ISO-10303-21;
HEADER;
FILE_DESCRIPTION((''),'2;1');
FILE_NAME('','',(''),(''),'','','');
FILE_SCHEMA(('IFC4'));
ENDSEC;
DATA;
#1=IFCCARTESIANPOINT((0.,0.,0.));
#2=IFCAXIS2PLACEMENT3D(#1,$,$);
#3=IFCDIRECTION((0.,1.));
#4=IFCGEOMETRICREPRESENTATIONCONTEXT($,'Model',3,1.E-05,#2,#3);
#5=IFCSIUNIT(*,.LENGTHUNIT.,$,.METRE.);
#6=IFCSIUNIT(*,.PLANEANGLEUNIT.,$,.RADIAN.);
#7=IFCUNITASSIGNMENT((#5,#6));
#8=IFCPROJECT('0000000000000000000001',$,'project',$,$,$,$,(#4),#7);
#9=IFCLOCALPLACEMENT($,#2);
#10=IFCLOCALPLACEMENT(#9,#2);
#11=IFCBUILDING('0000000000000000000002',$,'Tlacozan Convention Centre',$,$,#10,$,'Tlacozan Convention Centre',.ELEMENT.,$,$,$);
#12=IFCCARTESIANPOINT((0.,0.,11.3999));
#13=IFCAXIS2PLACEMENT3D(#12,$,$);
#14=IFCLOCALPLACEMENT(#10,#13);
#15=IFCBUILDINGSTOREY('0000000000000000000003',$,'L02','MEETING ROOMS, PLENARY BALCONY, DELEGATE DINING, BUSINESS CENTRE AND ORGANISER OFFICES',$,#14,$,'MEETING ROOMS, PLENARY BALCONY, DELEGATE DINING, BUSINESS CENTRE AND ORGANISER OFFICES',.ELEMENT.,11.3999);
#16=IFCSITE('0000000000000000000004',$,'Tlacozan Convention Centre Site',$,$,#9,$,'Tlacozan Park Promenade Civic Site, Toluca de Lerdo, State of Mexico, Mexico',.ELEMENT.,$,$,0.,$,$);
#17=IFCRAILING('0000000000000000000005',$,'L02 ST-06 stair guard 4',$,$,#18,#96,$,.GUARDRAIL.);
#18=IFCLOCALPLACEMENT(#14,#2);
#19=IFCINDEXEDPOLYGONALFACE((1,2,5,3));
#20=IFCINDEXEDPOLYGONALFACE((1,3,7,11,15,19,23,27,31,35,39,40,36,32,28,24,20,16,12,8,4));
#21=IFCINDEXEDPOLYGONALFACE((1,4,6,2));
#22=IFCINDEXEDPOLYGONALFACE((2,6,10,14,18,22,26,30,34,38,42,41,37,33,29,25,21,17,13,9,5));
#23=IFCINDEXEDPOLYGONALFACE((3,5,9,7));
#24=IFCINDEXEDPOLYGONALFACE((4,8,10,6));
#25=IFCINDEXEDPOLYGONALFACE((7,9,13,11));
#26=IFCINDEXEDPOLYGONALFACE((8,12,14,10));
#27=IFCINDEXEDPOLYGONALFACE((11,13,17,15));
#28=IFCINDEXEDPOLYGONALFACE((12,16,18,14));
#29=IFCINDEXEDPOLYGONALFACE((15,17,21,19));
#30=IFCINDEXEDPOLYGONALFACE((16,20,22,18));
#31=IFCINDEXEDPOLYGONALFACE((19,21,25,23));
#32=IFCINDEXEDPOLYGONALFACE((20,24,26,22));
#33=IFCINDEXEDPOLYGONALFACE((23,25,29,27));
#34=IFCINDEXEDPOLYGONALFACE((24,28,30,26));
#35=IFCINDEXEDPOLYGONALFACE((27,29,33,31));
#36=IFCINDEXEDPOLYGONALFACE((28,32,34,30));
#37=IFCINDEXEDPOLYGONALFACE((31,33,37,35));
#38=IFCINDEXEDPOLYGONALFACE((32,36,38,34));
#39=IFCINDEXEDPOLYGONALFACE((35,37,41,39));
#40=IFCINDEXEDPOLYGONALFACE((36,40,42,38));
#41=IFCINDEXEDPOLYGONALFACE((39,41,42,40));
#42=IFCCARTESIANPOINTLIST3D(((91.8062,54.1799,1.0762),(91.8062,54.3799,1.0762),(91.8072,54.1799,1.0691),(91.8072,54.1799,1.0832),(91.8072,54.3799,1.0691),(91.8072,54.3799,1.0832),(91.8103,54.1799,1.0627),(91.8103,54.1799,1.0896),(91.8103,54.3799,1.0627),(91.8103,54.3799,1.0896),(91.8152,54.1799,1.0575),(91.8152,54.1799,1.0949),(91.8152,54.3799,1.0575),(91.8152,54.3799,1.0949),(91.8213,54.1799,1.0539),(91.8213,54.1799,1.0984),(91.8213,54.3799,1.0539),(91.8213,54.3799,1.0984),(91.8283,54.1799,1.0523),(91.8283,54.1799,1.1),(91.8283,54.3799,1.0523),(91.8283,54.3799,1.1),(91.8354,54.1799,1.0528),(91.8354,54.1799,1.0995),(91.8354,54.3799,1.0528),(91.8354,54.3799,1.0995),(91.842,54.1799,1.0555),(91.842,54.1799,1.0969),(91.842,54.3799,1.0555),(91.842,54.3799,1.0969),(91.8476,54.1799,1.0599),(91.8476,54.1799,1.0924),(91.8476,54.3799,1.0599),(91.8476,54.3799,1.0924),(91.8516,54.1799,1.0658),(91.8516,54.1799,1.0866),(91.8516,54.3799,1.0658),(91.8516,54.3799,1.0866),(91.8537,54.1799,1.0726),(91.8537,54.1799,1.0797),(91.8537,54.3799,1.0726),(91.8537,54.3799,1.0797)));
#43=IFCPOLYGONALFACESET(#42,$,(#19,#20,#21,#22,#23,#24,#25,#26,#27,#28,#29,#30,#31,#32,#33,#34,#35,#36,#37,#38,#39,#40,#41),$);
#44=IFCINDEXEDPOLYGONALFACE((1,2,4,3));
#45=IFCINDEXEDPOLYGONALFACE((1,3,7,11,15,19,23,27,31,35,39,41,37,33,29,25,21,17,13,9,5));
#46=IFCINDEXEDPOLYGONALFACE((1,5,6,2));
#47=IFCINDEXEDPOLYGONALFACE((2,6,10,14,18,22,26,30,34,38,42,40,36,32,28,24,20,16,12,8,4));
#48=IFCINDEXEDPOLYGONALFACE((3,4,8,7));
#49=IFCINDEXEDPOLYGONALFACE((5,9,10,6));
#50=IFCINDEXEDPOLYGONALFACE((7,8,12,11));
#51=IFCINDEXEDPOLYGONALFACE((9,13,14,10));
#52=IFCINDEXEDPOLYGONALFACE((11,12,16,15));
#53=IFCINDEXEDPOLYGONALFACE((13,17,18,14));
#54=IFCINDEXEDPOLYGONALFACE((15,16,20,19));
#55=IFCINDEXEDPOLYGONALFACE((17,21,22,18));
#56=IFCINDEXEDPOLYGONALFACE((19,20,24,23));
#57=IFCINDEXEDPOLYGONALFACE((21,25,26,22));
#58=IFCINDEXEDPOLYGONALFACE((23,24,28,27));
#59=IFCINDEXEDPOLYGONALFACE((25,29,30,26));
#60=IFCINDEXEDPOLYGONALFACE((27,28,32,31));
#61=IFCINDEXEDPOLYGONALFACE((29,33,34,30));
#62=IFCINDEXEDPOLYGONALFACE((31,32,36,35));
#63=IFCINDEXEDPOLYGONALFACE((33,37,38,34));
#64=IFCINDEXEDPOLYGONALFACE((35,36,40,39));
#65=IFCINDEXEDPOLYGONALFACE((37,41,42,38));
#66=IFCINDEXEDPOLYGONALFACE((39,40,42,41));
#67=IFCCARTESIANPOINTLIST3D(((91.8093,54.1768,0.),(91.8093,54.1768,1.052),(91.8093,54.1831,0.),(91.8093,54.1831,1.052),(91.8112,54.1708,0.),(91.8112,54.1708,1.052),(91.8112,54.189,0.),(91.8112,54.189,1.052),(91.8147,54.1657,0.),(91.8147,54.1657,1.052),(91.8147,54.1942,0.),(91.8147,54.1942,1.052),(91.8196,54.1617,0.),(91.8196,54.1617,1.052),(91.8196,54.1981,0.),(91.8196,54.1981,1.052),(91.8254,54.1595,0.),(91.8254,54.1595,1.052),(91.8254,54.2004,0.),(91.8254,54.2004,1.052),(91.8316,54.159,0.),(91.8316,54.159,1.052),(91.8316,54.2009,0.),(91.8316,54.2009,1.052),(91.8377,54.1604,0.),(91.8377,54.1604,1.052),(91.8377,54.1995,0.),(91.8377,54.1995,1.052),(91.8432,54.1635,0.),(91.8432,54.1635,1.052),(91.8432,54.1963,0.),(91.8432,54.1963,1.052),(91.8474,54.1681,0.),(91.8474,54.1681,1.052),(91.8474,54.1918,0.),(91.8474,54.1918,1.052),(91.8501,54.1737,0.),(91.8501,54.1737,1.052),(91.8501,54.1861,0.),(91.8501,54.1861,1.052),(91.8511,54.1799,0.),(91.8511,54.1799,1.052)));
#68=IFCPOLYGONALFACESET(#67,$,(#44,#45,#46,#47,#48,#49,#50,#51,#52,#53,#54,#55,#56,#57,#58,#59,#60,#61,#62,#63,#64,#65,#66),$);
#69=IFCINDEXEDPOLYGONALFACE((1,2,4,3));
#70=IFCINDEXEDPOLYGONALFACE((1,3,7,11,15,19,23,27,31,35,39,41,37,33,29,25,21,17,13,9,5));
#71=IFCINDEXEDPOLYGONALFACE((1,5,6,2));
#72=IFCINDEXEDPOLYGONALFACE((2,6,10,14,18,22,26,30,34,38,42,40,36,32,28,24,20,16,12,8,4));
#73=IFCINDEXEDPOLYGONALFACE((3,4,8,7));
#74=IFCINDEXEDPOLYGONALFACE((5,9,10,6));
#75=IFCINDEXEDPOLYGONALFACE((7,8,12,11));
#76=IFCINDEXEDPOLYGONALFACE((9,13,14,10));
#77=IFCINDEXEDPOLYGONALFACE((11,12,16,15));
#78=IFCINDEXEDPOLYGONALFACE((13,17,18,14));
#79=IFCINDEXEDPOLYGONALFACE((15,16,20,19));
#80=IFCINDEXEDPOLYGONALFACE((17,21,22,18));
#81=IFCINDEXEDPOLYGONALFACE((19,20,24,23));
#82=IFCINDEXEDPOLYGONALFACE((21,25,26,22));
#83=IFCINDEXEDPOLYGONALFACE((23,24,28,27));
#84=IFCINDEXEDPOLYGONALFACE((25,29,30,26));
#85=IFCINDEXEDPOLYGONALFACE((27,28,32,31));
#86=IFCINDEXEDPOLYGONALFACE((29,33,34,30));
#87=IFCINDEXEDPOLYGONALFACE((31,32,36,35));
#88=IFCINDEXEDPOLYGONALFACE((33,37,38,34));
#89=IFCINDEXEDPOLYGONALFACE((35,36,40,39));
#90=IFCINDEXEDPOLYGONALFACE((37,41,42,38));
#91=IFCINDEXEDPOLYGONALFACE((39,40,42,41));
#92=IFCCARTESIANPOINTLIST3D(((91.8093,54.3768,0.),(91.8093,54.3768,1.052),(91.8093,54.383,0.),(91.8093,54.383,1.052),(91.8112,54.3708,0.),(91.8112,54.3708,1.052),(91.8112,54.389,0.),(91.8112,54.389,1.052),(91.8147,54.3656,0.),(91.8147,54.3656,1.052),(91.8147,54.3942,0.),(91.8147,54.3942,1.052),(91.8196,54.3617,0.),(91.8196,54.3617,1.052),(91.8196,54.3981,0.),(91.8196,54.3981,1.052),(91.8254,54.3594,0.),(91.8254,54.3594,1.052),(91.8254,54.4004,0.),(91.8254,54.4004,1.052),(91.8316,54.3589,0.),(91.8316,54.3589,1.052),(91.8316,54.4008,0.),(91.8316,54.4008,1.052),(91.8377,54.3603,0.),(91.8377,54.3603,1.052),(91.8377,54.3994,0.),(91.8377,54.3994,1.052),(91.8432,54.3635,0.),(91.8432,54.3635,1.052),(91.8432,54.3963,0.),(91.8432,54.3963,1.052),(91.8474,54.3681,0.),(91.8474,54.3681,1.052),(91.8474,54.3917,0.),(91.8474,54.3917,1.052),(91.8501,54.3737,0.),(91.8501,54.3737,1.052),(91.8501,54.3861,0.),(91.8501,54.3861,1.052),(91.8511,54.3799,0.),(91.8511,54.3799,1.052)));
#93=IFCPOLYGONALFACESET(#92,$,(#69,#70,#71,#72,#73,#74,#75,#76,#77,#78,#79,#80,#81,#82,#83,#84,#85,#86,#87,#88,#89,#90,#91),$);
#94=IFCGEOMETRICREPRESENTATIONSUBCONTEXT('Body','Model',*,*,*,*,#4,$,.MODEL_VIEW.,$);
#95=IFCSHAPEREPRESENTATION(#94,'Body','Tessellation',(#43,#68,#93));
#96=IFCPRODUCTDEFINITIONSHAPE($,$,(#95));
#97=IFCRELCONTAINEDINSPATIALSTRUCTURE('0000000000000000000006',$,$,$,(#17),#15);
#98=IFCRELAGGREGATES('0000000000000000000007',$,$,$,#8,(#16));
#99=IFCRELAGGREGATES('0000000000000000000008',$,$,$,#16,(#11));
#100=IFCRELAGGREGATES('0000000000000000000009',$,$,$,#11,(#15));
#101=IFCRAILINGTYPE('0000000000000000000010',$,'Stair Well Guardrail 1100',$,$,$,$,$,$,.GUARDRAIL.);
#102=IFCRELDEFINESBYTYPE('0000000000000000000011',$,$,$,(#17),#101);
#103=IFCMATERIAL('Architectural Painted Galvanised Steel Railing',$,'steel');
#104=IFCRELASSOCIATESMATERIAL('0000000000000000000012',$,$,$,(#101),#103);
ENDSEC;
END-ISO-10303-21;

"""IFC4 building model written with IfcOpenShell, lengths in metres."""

from ifc_helpers import new_model, si_unit, direction, frame, origin, origin_2d, place, context, subcontext, project, spatial, circle, extrude, material, type_object, element, save


model = new_model("IFC4")

# Units and contexts
model_context = context("Model", 3, precision=1e-05, world=origin(), true_north=direction((0.0, 1.0)))
body_context = subcontext(model_context, "Body", "Model", "MODEL_VIEW")
ifc_project = project(units=[si_unit("LENGTHUNIT", "METRE"), si_unit("PLANEANGLEUNIT", "RADIAN")], contexts=[model_context])

# Site, building, storey
site_placement = place(None, origin())
site = spatial("IfcSite", under=ifc_project, at=site_placement, Name="Tlacozan Convention Centre Site", LongName="Tlacozan Park Promenade Civic Site, Toluca de Lerdo, State of Mexico, Mexico", CompositionType="ELEMENT", RefElevation=0.0)
building_placement = place(site_placement, origin())
building = spatial("IfcBuilding", under=site, at=building_placement, Name="Tlacozan Convention Centre", LongName="Tlacozan Convention Centre", CompositionType="ELEMENT")
storey_placement = place(building_placement, frame((0.0, 0.0, 11.3999)))
storey = spatial("IfcBuildingStorey", under=building, at=storey_placement, Name="L02", Description="MEETING ROOMS, PLENARY BALCONY, DELEGATE DINING, BUSINESS CENTRE AND ORGANISER OFFICES", LongName="MEETING ROOMS, PLENARY BALCONY, DELEGATE DINING, BUSINESS CENTRE AND ORGANISER OFFICES", CompositionType="ELEMENT", Elevation=11.3999)

# Railing
ifc_material_1 = material(Name="Architectural Painted Galvanised Steel Railing", Category="steel")
railing_type_1 = type_object("IfcRailingType", Name="Stair Well Guardrail 1100", PredefinedType="GUARDRAIL", material=ifc_material_1)
railing_1_placement = place(storey_placement, frame((91.8301, 54.1799, 0.0)))
element("IfcRailing", 1, at=railing_1_placement, inside=storey, type_object=railing_type_1, Name="L02 ST-06 stair guard 4", PredefinedType="GUARDRAIL", context=body_context, shape_type="SweptSolid", body=[
    extrude(circle(Radius=0.0239, at=origin_2d()), frame((0.0, 0.0, 1.0762), z_axis=(0.0, 1.0, 0.0), x_axis=(-1.0, 0.0, 0.0)), (0.0, 0.0, 1.0), 0.2),
    extrude(circle(Radius=0.021, at=origin_2d()), origin(), (0.0, 0.0, 1.0), 1.052),
    extrude(circle(Radius=0.021, at=origin_2d()), frame((0.0, 0.2, 0.0)), (0.0, 0.0, 1.0), 1.052),
])

save(model, "model.ifc")
